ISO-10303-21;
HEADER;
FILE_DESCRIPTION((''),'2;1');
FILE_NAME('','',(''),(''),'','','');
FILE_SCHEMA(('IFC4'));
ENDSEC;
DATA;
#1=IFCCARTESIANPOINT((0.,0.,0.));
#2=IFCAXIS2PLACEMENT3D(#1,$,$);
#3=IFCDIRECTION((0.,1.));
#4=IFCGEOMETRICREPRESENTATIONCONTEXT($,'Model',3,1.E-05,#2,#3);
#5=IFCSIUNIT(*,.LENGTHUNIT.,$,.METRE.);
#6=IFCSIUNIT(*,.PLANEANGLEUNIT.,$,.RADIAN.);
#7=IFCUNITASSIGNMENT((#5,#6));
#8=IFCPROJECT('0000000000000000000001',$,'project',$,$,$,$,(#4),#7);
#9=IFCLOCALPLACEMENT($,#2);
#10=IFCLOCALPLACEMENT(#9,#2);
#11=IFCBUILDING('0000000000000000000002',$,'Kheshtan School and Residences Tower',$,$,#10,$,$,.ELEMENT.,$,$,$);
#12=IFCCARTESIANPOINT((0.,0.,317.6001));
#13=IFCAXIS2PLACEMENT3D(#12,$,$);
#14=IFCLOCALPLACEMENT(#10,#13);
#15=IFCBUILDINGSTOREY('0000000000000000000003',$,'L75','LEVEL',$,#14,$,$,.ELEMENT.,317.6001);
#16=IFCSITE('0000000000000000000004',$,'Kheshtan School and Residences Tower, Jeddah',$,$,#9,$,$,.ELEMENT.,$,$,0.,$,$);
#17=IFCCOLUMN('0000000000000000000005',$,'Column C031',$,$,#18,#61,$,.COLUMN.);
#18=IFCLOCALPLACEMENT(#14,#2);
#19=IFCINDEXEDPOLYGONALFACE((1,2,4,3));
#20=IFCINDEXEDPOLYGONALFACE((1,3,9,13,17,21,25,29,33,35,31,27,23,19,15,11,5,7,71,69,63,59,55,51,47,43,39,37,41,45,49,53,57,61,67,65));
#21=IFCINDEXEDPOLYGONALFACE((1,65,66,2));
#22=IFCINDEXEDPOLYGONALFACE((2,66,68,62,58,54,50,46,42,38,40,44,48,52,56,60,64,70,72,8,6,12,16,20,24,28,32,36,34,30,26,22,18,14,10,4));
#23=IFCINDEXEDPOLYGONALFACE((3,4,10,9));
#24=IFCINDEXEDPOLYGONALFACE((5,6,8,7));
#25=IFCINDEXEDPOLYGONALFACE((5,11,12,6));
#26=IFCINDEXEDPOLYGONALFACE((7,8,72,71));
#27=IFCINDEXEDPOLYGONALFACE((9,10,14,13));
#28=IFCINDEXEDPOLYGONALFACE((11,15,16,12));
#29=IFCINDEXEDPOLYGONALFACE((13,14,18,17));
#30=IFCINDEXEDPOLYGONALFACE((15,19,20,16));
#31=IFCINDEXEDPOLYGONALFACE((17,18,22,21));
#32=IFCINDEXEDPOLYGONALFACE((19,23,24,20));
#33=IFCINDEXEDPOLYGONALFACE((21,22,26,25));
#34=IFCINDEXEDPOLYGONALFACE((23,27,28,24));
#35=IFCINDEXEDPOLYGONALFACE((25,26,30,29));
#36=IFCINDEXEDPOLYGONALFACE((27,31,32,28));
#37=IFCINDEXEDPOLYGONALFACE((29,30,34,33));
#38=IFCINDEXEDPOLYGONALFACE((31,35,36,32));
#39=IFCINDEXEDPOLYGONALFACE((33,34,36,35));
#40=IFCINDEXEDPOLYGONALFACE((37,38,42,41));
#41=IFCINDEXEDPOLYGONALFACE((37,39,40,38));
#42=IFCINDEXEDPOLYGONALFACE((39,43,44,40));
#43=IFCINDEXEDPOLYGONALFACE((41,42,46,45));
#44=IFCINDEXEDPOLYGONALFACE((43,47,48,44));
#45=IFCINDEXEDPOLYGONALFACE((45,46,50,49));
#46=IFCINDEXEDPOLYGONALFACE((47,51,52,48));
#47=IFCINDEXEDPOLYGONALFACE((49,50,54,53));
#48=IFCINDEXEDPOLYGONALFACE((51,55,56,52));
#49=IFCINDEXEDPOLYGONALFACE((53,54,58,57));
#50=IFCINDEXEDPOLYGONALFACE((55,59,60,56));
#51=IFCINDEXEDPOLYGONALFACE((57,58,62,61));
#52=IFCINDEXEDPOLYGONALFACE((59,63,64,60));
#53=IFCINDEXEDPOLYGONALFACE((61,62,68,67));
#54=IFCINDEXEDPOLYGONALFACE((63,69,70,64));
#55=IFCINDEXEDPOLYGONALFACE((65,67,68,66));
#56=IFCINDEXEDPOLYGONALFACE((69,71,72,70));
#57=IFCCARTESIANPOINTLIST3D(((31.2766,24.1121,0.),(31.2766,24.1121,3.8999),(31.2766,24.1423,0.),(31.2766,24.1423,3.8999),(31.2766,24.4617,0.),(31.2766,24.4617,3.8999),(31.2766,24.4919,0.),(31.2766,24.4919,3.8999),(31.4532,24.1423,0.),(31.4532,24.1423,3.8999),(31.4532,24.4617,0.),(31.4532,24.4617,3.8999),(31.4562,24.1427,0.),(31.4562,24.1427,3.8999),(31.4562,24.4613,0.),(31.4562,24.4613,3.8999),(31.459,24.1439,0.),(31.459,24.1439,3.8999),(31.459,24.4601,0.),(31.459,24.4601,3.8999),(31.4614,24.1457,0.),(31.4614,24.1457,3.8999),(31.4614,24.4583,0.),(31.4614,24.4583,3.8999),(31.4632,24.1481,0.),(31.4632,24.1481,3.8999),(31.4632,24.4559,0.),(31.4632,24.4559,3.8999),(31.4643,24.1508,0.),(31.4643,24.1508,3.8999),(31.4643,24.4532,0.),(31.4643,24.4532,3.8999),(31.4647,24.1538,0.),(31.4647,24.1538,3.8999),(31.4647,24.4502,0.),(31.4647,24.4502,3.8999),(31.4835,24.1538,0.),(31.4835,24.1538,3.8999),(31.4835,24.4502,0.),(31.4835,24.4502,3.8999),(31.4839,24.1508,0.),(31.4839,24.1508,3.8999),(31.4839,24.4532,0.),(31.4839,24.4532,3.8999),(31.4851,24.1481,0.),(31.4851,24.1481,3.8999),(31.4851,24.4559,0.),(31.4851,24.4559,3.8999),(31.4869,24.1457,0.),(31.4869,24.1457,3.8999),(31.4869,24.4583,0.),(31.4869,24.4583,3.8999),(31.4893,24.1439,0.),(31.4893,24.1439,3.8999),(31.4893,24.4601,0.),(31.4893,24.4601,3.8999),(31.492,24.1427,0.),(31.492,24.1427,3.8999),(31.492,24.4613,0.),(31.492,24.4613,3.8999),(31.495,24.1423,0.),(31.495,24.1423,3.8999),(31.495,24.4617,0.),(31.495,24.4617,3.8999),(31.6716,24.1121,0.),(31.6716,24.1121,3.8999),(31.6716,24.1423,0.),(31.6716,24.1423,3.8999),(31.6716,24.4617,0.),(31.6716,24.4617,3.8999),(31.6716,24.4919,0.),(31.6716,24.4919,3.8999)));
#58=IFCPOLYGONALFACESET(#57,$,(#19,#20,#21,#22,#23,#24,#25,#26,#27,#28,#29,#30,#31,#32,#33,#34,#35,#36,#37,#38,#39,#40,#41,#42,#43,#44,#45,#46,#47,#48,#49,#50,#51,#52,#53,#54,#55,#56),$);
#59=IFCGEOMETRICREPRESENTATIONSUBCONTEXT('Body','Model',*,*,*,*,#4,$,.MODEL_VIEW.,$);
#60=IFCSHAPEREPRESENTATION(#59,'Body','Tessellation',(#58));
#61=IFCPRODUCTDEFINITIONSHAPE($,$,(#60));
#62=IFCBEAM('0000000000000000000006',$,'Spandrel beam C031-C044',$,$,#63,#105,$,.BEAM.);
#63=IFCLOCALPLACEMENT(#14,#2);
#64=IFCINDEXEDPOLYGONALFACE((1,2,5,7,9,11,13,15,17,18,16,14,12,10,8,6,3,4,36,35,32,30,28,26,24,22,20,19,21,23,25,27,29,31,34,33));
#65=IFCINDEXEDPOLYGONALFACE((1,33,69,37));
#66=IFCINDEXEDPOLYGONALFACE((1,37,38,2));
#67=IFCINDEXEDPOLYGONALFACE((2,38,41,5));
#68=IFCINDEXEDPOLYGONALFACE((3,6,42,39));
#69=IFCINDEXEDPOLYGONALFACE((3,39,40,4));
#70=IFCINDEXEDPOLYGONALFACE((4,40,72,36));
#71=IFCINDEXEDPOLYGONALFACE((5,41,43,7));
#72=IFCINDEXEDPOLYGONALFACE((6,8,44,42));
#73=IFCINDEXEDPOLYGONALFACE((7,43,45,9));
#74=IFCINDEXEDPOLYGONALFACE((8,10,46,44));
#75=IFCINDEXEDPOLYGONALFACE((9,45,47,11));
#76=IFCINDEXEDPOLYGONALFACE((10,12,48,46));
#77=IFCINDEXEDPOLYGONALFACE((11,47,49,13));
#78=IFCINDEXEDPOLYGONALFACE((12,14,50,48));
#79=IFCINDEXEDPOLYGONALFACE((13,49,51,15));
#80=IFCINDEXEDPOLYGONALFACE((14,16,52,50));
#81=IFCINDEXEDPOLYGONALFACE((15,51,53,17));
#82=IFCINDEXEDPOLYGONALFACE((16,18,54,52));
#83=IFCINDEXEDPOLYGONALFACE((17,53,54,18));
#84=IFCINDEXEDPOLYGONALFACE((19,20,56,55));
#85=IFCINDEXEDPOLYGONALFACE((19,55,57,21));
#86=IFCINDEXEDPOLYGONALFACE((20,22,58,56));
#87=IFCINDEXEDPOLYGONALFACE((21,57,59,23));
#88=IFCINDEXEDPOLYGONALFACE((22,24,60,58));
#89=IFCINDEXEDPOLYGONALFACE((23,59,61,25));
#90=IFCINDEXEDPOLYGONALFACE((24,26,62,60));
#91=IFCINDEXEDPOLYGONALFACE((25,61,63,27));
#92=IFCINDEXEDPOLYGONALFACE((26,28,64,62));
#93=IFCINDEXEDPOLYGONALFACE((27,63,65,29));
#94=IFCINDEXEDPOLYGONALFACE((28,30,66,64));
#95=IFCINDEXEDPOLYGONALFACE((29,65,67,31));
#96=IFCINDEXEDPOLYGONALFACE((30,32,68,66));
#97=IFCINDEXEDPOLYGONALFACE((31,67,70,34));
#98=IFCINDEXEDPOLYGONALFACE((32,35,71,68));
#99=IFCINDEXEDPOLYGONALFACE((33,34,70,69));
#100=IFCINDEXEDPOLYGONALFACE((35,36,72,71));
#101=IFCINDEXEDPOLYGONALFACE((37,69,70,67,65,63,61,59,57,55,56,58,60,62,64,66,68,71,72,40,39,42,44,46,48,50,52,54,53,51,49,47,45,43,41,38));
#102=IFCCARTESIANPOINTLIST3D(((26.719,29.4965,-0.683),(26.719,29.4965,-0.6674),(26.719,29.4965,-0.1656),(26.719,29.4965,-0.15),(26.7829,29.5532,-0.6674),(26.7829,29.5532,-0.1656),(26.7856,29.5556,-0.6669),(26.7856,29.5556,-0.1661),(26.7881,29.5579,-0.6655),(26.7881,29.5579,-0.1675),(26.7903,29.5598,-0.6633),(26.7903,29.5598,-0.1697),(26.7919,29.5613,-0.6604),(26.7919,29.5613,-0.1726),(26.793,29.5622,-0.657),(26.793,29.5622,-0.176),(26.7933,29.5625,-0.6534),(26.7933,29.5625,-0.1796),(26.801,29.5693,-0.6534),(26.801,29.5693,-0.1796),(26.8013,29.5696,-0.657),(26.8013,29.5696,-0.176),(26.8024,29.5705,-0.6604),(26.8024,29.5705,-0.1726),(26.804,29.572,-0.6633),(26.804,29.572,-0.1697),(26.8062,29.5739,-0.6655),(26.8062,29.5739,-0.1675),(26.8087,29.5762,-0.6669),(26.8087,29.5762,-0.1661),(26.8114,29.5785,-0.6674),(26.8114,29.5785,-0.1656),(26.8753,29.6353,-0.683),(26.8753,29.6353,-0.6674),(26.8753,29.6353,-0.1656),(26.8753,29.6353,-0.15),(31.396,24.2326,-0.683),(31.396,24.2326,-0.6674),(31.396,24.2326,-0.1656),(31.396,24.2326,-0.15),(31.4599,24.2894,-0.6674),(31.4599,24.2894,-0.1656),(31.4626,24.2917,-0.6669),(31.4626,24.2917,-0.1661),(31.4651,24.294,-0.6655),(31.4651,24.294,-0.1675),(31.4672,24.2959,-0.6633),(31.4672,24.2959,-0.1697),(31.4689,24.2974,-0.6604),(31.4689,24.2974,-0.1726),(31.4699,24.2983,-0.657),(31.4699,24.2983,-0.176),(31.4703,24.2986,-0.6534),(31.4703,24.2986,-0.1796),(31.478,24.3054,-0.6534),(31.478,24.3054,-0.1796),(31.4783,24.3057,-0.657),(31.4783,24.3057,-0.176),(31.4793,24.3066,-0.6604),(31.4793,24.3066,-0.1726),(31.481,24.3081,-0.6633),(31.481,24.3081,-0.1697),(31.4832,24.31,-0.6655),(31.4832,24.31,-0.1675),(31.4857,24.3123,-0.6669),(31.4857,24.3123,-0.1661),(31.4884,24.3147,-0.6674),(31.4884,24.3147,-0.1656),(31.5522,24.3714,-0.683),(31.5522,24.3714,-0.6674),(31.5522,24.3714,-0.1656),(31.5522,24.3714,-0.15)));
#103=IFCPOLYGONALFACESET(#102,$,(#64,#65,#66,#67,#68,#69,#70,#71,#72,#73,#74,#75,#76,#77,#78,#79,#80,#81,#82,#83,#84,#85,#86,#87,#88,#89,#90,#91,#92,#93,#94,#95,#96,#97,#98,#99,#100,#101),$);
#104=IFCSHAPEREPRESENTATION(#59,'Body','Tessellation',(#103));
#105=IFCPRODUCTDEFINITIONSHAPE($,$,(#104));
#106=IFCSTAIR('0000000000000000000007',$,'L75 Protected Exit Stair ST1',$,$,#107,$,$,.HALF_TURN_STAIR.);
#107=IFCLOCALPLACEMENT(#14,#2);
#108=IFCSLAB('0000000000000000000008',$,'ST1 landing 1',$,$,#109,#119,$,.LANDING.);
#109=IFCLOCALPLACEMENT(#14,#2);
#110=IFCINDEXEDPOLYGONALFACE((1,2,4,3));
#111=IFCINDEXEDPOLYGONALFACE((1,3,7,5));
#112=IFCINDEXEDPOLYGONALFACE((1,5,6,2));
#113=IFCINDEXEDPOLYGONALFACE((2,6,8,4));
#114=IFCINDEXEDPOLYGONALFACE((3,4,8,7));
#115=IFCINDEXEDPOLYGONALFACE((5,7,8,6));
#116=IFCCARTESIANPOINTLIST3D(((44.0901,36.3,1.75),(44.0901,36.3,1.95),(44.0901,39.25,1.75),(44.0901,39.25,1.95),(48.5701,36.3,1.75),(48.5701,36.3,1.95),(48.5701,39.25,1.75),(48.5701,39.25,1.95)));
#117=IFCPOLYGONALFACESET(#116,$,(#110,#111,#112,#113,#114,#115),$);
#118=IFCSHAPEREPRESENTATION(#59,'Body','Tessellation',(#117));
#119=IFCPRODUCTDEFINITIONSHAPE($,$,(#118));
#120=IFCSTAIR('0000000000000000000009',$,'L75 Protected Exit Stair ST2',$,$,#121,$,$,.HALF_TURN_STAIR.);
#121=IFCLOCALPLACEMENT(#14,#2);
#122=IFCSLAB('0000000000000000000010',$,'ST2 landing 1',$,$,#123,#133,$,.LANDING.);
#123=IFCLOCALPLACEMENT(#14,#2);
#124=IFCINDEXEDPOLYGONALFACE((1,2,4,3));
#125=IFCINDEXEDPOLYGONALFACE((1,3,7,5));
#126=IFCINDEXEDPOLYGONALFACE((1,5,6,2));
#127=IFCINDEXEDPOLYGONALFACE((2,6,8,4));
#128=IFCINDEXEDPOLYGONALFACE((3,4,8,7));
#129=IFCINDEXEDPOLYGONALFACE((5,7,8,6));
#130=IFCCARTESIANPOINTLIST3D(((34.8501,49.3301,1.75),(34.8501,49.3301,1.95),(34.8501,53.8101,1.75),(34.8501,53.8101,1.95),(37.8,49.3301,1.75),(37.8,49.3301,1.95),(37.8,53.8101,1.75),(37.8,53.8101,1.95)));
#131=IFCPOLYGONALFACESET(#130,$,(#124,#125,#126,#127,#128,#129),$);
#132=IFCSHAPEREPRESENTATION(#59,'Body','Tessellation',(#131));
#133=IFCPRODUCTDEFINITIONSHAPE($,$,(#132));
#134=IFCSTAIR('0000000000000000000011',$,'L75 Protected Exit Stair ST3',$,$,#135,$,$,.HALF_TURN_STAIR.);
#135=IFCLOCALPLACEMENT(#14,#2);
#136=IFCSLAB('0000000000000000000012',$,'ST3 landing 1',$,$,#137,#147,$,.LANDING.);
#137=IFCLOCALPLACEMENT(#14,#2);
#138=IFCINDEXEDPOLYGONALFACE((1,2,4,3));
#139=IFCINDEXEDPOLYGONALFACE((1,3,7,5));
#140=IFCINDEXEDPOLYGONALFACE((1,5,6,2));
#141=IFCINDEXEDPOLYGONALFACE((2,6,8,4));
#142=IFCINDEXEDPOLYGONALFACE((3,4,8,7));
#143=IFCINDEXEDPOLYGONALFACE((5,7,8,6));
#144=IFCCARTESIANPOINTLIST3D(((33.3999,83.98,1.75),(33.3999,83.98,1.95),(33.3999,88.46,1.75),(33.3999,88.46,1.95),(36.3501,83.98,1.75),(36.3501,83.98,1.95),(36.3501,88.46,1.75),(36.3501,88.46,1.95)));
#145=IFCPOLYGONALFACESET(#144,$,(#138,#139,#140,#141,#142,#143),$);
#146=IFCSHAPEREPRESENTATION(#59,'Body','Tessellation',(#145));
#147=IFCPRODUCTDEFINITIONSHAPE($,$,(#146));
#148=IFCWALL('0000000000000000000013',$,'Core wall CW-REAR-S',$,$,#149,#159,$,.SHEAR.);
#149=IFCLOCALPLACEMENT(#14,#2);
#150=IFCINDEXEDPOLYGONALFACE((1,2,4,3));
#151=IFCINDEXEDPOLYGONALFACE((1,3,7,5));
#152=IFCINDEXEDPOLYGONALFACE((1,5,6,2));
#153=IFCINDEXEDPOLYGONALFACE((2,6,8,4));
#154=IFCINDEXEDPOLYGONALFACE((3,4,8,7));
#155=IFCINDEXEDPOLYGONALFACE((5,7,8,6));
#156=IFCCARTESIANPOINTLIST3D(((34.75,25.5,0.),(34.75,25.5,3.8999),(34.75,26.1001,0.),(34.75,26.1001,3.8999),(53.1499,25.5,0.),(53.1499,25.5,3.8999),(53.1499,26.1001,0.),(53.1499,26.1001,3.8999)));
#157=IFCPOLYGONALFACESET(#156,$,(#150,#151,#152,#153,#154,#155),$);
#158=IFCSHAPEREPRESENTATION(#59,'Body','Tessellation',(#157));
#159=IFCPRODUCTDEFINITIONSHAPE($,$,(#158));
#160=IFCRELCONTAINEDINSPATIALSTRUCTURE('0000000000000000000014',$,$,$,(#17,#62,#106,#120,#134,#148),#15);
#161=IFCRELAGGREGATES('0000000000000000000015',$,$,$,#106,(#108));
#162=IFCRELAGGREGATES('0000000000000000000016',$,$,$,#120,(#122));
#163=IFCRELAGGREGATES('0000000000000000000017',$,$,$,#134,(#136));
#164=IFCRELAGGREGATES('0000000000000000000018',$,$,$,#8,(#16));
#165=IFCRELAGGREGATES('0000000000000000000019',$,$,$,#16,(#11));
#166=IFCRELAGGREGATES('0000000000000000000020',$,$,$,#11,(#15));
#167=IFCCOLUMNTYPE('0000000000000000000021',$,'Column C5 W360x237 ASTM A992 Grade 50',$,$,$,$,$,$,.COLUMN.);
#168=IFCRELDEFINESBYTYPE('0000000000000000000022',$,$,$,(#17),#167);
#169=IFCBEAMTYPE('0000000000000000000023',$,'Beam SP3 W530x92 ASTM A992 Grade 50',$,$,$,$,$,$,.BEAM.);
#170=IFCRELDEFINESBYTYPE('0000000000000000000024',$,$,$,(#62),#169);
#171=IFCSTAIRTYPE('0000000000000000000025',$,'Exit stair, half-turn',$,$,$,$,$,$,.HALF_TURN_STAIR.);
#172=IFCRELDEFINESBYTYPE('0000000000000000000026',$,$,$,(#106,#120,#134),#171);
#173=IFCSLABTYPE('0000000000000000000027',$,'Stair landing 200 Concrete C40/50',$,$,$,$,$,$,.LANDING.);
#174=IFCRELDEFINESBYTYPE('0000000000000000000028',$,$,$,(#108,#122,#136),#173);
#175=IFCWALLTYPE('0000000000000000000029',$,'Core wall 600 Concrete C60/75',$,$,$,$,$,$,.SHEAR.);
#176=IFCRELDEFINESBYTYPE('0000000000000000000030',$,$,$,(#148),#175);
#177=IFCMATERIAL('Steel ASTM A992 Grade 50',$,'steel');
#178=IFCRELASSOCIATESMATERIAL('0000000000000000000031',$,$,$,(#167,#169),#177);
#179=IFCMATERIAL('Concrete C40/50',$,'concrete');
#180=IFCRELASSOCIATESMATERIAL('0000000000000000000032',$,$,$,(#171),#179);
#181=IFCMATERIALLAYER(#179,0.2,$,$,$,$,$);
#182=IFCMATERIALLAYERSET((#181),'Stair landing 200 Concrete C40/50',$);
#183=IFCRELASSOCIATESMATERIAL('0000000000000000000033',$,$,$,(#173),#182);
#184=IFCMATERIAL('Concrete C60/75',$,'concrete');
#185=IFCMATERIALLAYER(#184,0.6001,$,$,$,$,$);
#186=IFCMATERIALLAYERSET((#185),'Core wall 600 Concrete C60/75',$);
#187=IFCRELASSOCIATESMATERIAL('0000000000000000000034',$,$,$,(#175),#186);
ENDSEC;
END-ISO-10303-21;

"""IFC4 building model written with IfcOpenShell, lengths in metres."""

from ifc_helpers import new_model, si_unit, direction, frame, frame_2d, origin, origin_2d, place, context, subcontext, project, spatial, polyline, rectangle, i_section, outline, extrude, material, layer, layer_set, material_profile, profile_set, type_object, element, aggregate, save


model = new_model("IFC4")

# Units and contexts
model_context = context("Model", 3, precision=1e-05, world=origin(), true_north=direction((0.0, 1.0)))
body_context = subcontext(model_context, "Body", "Model", "MODEL_VIEW")
ifc_project = project(units=[si_unit("LENGTHUNIT", "METRE"), si_unit("PLANEANGLEUNIT", "RADIAN")], contexts=[model_context])

# Site, building, storey
site_placement = place(None, origin())
site = spatial("IfcSite", under=ifc_project, at=site_placement, Name="Kheshtan School and Residences Tower, Jeddah", CompositionType="ELEMENT", RefElevation=0.0)
building_placement = place(site_placement, origin())
building = spatial("IfcBuilding", under=site, at=building_placement, Name="Kheshtan School and Residences Tower", CompositionType="ELEMENT")
storey_placement = place(building_placement, frame((0.0, 0.0, 317.6001)))
storey = spatial("IfcBuildingStorey", under=building, at=storey_placement, Name="L75", Description="LEVEL", CompositionType="ELEMENT", Elevation=317.6001)

# Column
ifc_material_1 = material(Name="Steel ASTM A992 Grade 50", Category="steel")
ifc_material_profile_1 = material_profile(ifc_material_1, i_section(OverallWidth=0.395, OverallDepth=0.3799, WebThickness=0.0188, FlangeThickness=0.0303, FilletRadius=0.0115, at=origin_2d()), Name="W360x237")
ifc_profile_set_1 = profile_set([ifc_material_profile_1], Name="Steel ASTM A992 Grade 50")
column_type = type_object("IfcColumnType", Name="Column C5 W360x237 ASTM A992 Grade 50", PredefinedType="COLUMN", material=ifc_profile_set_1)
column_placement = place(storey_placement, frame((31.4741, 24.302, 0.0), z_axis=(0.0, 0.0, 1.0), x_axis=(1.0, 0.0, 0.0)))
element("IfcColumn", 1, at=column_placement, inside=storey, type_object=column_type, Name="Column C031", PredefinedType="COLUMN", context=body_context, shape_type="SweptSolid", body=[
    extrude(i_section(OverallWidth=0.395, OverallDepth=0.3799, WebThickness=0.0188, FlangeThickness=0.0303, FilletRadius=0.0115, at=origin_2d()), origin(), (0.0, 0.0, 1.0), 3.8999),
])

# Beam
ifc_material_profile_2 = material_profile(ifc_material_1, i_section(OverallWidth=0.209, OverallDepth=0.533, WebThickness=0.0103, FlangeThickness=0.0156, FilletRadius=0.0139, at=origin_2d()), Name="W530x92")
ifc_profile_set_2 = profile_set([ifc_material_profile_2], Name="Steel ASTM A992 Grade 50")
beam_type = type_object("IfcBeamType", Name="Beam SP3 W530x92 ASTM A992 Grade 50", PredefinedType="BEAM", material=ifc_profile_set_2)
beam_placement = place(storey_placement, frame((31.4741, 24.302, -0.4165), z_axis=(-0.664202, 0.747553, 0.0), x_axis=(-0.747553, -0.664202, 0.0)))
element("IfcBeam", 2, at=beam_placement, inside=storey, type_object=beam_type, Name="Spandrel beam C031-C044", PredefinedType="BEAM", context=body_context, shape_type="SweptSolid", body=[
    extrude(i_section(OverallWidth=0.209, OverallDepth=0.533, WebThickness=0.0103, FlangeThickness=0.0156, FilletRadius=0.0139, at=origin_2d()), origin(), (0.0, 0.0, 1.0), 7.0415),
])

# Shared definitions
ifc_material_2 = material(Name="Concrete C40/50", Category="concrete")

# Stairs, slabs
stair_type = type_object("IfcStairType", Name="Exit stair, half-turn", PredefinedType="HALF_TURN_STAIR", material=ifc_material_2)
stair_1_placement = place(storey_placement, origin())
stair_1 = element("IfcStair", 3, at=stair_1_placement, inside=storey, type_object=stair_type, Name="L75 Protected Exit Stair ST1", PredefinedType="HALF_TURN_STAIR")
ifc_layer_1 = layer(ifc_material_2, 0.2)
ifc_layer_set_1 = layer_set([ifc_layer_1], Name="Stair landing 200 Concrete C40/50")
slab_type_1 = type_object("IfcSlabType", Name="Stair landing 200 Concrete C40/50", PredefinedType="LANDING", material=ifc_layer_set_1)
slab_1_placement = place(storey_placement, frame((0.0, 0.0, 1.75)))
slab_1 = element("IfcSlab", 4, at=slab_1_placement, type_object=slab_type_1, Name="ST1 landing 1", PredefinedType="LANDING", context=body_context, shape_type="SweptSolid", body=[
    extrude(outline(polyline([(48.5701, 39.25), (44.0901, 39.25), (44.0901, 36.3), (48.5701, 36.3), (48.5701, 39.25)])), origin(), (0.0, 0.0, 1.0), 0.2),
])
aggregate(stair_1, [slab_1])
stair_2_placement = place(storey_placement, origin())
stair_2 = element("IfcStair", 5, at=stair_2_placement, inside=storey, type_object=stair_type, Name="L75 Protected Exit Stair ST2", PredefinedType="HALF_TURN_STAIR")
slab_2_placement = place(storey_placement, frame((0.0, 0.0, 1.75)))
slab_2 = element("IfcSlab", 6, at=slab_2_placement, type_object=slab_type_1, Name="ST2 landing 1", PredefinedType="LANDING", context=body_context, shape_type="SweptSolid", body=[
    extrude(outline(polyline([(37.8, 49.3301), (37.8, 53.8101), (34.8501, 53.8101), (34.8501, 49.3301), (37.8, 49.3301)])), origin(), (0.0, 0.0, 1.0), 0.2),
])
aggregate(stair_2, [slab_2])
stair_3_placement = place(storey_placement, origin())
stair_3 = element("IfcStair", 7, at=stair_3_placement, inside=storey, type_object=stair_type, Name="L75 Protected Exit Stair ST3", PredefinedType="HALF_TURN_STAIR")
slab_3_placement = place(storey_placement, frame((0.0, 0.0, 1.75)))
slab_3 = element("IfcSlab", 8, at=slab_3_placement, type_object=slab_type_1, Name="ST3 landing 1", PredefinedType="LANDING", context=body_context, shape_type="SweptSolid", body=[
    extrude(outline(polyline([(36.3501, 83.98), (36.3501, 88.46), (33.3999, 88.46), (33.3999, 83.98), (36.3501, 83.98)])), origin(), (0.0, 0.0, 1.0), 0.2),
])
aggregate(stair_3, [slab_3])

# Wall
ifc_material_3 = material(Name="Concrete C60/75", Category="concrete")
ifc_layer_2 = layer(ifc_material_3, 0.6001)
ifc_layer_set_2 = layer_set([ifc_layer_2], Name="Core wall 600 Concrete C60/75")
wall_type_1 = type_object("IfcWallType", Name="Core wall 600 Concrete C60/75", PredefinedType="SHEAR", material=ifc_layer_set_2)
wall_1_placement = place(storey_placement, frame((34.75, 25.8, 0.0), z_axis=(0.0, 0.0, 1.0), x_axis=(1.0, 0.0, 0.0)))
element("IfcWall", 9, at=wall_1_placement, inside=storey, type_object=wall_type_1, Name="Core wall CW-REAR-S", PredefinedType="SHEAR", context=body_context, shape_type="SweptSolid", body=[
    extrude(rectangle(XDim=18.3999, YDim=0.6001, at=frame_2d((9.2, 0.0))), origin(), (0.0, 0.0, 1.0), 3.8999),
])

save(model, "model.ifc")
